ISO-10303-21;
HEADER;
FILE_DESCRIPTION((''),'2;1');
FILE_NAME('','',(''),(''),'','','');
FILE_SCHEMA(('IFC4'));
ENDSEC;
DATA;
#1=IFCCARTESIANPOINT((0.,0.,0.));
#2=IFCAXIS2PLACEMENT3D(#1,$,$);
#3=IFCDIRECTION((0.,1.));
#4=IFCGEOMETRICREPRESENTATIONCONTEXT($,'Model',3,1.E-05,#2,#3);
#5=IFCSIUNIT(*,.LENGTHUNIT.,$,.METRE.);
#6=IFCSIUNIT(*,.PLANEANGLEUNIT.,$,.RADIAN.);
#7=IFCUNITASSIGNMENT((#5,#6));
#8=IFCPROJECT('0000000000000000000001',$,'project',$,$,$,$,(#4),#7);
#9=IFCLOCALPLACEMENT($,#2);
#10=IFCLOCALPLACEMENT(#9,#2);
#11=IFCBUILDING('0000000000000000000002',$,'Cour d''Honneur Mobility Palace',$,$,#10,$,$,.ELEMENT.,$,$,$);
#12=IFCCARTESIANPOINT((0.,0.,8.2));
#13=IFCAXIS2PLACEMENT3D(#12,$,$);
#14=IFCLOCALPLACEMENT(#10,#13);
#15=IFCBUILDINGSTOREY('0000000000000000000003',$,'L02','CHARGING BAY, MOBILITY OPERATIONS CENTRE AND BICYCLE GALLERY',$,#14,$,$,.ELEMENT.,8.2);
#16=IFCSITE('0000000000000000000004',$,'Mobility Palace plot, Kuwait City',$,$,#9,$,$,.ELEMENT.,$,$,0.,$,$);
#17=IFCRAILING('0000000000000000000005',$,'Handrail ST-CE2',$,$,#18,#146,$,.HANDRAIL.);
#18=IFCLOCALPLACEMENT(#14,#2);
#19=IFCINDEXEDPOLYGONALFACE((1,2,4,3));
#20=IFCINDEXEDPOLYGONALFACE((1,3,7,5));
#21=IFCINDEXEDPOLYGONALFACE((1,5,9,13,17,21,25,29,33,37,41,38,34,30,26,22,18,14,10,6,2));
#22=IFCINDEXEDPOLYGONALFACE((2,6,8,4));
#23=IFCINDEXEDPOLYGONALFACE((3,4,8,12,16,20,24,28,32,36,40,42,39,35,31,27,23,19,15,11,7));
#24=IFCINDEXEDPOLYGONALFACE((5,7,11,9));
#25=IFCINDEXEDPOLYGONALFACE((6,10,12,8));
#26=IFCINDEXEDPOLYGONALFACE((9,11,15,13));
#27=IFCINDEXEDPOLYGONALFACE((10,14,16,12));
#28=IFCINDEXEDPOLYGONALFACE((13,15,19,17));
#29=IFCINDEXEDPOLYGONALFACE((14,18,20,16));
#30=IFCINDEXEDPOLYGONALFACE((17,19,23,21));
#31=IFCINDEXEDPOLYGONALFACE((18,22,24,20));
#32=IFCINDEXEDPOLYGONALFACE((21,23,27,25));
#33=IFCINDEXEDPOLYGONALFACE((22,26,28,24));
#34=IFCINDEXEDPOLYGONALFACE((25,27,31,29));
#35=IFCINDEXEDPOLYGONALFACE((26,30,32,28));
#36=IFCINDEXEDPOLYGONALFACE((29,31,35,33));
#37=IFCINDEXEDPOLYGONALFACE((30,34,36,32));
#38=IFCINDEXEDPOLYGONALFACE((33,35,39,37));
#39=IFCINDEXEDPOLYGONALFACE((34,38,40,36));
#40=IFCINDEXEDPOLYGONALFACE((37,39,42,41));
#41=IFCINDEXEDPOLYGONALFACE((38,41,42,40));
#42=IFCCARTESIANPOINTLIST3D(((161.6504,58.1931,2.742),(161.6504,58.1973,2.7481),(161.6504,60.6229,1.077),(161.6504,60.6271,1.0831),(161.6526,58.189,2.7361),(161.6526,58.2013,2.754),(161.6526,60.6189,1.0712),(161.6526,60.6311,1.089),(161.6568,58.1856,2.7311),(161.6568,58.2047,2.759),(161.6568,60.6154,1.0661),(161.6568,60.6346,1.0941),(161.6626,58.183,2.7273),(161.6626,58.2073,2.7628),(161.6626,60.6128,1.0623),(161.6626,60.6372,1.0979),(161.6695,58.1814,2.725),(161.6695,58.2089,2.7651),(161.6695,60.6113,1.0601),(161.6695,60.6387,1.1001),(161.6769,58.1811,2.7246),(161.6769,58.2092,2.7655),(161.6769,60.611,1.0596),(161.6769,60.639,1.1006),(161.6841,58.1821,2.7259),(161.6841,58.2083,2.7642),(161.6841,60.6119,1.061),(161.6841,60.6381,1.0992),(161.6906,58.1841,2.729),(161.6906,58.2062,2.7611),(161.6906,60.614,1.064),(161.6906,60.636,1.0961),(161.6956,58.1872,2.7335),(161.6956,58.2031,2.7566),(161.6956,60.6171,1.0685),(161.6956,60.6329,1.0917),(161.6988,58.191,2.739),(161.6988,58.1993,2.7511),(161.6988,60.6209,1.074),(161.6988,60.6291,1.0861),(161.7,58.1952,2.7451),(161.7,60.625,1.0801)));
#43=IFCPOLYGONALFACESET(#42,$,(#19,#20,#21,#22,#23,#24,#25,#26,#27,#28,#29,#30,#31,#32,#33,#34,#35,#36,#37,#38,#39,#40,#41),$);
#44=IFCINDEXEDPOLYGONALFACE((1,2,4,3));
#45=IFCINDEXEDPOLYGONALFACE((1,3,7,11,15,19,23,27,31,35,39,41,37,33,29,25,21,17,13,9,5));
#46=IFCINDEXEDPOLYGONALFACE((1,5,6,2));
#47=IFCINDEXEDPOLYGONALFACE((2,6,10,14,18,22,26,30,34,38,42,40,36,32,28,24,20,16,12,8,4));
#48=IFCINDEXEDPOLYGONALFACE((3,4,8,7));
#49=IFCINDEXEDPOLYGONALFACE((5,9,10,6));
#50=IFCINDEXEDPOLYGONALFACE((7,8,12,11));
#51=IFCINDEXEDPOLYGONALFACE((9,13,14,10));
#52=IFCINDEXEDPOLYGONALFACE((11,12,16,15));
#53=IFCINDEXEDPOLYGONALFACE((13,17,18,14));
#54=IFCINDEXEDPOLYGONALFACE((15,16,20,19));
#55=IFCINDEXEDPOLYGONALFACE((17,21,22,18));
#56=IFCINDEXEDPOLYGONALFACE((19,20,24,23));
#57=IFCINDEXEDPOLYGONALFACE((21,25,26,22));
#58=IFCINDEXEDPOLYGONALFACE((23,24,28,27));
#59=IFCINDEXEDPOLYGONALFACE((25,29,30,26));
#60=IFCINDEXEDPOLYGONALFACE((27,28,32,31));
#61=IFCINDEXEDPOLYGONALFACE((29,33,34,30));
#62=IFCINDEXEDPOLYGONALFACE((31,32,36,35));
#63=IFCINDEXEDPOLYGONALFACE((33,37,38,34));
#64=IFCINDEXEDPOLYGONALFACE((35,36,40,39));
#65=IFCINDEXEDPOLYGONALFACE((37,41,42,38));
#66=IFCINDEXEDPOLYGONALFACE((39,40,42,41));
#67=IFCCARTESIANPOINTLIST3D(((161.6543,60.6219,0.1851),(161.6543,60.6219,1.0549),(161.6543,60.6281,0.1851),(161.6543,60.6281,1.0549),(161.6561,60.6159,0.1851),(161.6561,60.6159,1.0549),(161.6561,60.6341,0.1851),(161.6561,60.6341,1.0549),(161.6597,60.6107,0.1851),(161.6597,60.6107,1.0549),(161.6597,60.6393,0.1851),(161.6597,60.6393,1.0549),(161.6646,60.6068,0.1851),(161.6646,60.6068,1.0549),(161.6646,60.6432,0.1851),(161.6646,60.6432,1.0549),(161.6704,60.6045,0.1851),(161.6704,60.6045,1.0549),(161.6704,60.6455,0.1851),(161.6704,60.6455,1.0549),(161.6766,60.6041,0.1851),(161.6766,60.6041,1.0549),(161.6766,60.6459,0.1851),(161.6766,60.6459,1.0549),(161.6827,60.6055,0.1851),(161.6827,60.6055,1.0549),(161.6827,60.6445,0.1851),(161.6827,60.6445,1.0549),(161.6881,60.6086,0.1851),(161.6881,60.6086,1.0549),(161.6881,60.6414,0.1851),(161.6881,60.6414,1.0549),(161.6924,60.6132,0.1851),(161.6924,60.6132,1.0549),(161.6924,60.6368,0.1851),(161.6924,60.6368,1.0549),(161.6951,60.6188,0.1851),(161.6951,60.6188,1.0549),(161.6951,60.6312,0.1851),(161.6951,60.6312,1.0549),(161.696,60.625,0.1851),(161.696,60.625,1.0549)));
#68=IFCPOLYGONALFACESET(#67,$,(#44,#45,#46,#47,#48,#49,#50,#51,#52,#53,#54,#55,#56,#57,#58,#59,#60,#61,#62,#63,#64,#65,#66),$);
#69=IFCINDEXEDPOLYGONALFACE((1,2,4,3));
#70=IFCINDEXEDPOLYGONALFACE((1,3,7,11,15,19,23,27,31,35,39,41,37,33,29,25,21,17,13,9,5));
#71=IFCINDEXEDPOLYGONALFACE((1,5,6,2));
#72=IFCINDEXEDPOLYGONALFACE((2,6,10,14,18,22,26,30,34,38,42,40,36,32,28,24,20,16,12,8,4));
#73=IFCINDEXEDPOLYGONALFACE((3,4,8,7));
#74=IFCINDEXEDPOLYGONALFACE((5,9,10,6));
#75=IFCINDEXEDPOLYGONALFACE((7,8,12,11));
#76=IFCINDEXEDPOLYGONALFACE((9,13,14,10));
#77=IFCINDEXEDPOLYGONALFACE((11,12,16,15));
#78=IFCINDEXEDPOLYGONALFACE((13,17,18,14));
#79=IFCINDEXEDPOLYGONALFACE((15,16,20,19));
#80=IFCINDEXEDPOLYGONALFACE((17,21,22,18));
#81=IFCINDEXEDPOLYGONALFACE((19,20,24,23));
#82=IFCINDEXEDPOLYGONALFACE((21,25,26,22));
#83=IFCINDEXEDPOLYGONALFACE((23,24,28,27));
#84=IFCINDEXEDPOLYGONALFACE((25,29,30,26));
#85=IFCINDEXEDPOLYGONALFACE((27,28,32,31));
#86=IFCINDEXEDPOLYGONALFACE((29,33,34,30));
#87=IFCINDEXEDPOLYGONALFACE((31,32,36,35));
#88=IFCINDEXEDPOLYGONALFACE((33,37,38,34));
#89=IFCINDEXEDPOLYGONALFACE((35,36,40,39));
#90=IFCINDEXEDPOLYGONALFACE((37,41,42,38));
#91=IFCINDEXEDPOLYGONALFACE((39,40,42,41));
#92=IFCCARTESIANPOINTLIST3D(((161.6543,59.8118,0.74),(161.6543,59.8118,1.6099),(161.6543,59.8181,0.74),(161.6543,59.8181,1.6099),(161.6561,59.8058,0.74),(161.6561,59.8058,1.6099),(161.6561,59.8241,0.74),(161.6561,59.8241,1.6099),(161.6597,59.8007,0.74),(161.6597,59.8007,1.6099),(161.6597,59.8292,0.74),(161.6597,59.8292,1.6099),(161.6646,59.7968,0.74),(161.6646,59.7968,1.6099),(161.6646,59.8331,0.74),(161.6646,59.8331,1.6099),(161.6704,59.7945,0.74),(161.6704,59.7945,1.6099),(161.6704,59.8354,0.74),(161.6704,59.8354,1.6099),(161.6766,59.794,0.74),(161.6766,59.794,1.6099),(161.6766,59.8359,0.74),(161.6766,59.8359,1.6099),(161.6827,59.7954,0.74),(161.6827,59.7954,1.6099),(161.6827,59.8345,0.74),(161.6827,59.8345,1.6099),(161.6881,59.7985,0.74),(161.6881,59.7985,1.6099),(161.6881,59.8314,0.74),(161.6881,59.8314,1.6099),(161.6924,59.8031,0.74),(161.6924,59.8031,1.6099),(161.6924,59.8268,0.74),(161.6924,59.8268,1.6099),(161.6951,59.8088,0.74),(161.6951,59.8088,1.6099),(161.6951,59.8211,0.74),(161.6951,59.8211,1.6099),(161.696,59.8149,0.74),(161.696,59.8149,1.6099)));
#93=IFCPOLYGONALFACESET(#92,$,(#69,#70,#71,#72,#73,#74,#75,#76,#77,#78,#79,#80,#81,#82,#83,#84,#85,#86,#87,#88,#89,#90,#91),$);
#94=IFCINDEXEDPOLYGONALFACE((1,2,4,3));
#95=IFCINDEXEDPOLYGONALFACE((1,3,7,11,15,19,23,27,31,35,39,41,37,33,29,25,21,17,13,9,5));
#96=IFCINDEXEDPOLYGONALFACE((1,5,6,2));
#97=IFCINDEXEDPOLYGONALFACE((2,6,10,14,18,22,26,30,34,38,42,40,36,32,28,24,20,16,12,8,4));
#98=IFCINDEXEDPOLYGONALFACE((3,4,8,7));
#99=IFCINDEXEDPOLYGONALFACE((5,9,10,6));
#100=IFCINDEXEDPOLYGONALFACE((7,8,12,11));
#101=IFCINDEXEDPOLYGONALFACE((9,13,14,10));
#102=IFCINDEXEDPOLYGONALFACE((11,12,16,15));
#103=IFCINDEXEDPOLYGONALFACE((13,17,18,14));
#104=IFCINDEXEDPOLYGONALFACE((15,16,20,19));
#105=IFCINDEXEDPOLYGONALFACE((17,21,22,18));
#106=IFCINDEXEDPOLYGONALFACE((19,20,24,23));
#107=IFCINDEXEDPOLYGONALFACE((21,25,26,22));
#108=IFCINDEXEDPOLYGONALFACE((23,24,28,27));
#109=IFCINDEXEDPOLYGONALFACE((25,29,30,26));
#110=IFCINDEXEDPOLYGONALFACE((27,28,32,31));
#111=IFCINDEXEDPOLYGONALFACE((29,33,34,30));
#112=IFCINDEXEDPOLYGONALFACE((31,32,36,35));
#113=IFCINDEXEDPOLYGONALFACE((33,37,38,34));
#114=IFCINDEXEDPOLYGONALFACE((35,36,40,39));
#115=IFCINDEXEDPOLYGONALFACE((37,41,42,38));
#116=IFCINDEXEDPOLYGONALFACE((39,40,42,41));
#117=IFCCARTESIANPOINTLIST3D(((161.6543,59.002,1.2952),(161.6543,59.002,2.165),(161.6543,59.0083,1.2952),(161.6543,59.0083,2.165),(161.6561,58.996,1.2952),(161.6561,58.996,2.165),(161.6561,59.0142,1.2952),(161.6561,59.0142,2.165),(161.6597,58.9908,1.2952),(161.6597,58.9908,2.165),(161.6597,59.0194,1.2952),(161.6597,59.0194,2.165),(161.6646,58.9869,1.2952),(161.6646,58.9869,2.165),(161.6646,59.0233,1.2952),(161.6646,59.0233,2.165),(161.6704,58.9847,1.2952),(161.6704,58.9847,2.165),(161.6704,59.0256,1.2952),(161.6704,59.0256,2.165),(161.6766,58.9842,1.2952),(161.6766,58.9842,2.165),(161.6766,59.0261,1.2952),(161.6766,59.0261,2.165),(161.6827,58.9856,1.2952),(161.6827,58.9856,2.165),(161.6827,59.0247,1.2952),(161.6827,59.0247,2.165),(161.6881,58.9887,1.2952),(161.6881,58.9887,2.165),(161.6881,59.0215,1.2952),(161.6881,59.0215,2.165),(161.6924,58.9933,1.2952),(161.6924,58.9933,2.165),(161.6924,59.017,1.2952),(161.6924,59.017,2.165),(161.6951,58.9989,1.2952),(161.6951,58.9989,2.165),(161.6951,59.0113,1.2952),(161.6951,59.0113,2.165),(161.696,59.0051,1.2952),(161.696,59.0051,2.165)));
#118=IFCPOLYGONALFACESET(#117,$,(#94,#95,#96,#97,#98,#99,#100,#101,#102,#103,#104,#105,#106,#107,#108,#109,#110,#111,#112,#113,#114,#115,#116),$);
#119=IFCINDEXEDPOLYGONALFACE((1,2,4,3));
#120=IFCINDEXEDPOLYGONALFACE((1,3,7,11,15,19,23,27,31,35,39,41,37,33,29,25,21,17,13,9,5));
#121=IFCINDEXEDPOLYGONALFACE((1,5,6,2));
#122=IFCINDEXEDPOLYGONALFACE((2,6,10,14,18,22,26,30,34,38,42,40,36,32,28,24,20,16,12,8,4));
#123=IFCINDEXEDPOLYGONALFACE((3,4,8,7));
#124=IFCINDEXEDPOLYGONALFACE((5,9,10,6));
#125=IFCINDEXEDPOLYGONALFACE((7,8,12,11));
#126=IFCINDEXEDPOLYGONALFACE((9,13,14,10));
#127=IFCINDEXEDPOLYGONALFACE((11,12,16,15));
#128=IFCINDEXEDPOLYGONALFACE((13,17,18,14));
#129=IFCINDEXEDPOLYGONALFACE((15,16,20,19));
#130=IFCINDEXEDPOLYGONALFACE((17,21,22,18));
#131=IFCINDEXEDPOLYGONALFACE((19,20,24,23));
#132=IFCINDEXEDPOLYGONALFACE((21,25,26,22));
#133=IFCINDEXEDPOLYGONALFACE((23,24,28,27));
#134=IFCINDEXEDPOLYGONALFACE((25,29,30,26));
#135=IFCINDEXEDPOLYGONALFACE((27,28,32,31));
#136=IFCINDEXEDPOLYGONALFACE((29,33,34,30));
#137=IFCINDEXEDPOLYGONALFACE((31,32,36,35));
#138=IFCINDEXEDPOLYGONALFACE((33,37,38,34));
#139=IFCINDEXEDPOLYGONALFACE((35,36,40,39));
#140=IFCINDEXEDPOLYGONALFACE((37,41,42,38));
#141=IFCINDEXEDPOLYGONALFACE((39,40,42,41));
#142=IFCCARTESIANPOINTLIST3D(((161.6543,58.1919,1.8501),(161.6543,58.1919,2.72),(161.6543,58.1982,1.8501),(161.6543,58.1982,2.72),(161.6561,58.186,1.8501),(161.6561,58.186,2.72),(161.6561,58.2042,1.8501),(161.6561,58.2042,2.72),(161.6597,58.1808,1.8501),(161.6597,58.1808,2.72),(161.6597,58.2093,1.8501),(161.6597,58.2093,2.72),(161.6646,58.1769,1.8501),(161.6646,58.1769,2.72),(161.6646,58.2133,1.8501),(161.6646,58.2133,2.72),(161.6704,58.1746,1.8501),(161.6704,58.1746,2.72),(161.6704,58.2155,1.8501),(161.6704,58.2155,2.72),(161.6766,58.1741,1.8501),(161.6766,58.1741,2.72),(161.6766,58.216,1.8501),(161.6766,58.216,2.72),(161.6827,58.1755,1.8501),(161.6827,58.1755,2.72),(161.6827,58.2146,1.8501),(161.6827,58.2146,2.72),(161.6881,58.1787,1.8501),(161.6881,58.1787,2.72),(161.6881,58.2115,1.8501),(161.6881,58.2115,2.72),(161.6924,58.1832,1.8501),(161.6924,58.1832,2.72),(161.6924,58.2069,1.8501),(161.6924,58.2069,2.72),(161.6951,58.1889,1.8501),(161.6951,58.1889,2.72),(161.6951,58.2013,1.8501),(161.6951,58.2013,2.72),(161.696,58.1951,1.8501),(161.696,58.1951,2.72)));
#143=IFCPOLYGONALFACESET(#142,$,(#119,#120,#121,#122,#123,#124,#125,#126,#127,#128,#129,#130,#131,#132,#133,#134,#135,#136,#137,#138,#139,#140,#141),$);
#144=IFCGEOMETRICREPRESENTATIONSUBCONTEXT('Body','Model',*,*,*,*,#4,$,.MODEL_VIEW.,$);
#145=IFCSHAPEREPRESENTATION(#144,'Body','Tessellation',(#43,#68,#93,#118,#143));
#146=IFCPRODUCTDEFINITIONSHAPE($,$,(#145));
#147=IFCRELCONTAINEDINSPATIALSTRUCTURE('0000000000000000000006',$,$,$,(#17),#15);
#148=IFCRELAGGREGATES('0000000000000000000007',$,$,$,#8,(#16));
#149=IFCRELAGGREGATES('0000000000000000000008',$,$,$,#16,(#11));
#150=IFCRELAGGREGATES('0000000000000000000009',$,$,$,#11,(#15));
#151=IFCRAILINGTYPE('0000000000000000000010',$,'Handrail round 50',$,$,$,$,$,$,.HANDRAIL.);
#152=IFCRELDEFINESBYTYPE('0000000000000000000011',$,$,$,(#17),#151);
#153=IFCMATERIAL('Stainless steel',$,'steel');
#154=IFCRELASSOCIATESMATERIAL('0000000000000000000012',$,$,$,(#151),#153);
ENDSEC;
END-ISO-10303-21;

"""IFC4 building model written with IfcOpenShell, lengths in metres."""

from ifc_helpers import new_model, si_unit, direction, frame, origin, origin_2d, place, context, subcontext, project, spatial, circle, extrude, material, type_object, element, save


model = new_model("IFC4")

# Units and contexts
model_context = context("Model", 3, precision=1e-05, world=origin(), true_north=direction((0.0, 1.0)))
body_context = subcontext(model_context, "Body", "Model", "MODEL_VIEW")
ifc_project = project(units=[si_unit("LENGTHUNIT", "METRE"), si_unit("PLANEANGLEUNIT", "RADIAN")], contexts=[model_context])

# Site, building, storey
site_placement = place(None, origin())
site = spatial("IfcSite", under=ifc_project, at=site_placement, Name="Mobility Palace plot, Kuwait City", CompositionType="ELEMENT", RefElevation=0.0)
building_placement = place(site_placement, origin())
building = spatial("IfcBuilding", under=site, at=building_placement, Name="Cour d'Honneur Mobility Palace", CompositionType="ELEMENT")
storey_placement = place(building_placement, frame((0.0, 0.0, 8.2)))
storey = spatial("IfcBuildingStorey", under=building, at=storey_placement, Name="L02", Description="CHARGING BAY, MOBILITY OPERATIONS CENTRE AND BICYCLE GALLERY", CompositionType="ELEMENT", Elevation=8.2)

# Railing
ifc_material_1 = material(Name="Stainless steel", Category="steel")
railing_type_1 = type_object("IfcRailingType", Name="Handrail round 50", PredefinedType="HANDRAIL", material=ifc_material_1)
for number, where, name in (
    (1, (161.675, 60.625, 0.1851), "Handrail ST-CE2"),
):
    element("IfcRailing", number, at=place(storey_placement, frame(where)), inside=storey, type_object=railing_type_1, Name=name, PredefinedType="HANDRAIL", context=body_context, shape_type="SweptSolid", body=[
        extrude(circle(Radius=0.0249, at=origin_2d()), frame((0.0, 0.0, 0.895), z_axis=(0.0, -0.824919, 0.565251), x_axis=(1.0, 0.0, 0.0)), (0.0, 0.0, 1.0), 2.9456),
        extrude(circle(Radius=0.021, at=origin_2d()), origin(), (0.0, 0.0, 1.0), 0.8699),
        extrude(circle(Radius=0.021, at=origin_2d()), frame((0.0, -0.8101, 0.5549)), (0.0, 0.0, 1.0), 0.8699),
        extrude(circle(Radius=0.021, at=origin_2d()), frame((0.0, -1.6199, 1.1101)), (0.0, 0.0, 1.0), 0.8699),
        extrude(circle(Radius=0.021, at=origin_2d()), frame((0.0, -2.4299, 1.665)), (0.0, 0.0, 1.0), 0.8699),
    ])

save(model, "model.ifc")
